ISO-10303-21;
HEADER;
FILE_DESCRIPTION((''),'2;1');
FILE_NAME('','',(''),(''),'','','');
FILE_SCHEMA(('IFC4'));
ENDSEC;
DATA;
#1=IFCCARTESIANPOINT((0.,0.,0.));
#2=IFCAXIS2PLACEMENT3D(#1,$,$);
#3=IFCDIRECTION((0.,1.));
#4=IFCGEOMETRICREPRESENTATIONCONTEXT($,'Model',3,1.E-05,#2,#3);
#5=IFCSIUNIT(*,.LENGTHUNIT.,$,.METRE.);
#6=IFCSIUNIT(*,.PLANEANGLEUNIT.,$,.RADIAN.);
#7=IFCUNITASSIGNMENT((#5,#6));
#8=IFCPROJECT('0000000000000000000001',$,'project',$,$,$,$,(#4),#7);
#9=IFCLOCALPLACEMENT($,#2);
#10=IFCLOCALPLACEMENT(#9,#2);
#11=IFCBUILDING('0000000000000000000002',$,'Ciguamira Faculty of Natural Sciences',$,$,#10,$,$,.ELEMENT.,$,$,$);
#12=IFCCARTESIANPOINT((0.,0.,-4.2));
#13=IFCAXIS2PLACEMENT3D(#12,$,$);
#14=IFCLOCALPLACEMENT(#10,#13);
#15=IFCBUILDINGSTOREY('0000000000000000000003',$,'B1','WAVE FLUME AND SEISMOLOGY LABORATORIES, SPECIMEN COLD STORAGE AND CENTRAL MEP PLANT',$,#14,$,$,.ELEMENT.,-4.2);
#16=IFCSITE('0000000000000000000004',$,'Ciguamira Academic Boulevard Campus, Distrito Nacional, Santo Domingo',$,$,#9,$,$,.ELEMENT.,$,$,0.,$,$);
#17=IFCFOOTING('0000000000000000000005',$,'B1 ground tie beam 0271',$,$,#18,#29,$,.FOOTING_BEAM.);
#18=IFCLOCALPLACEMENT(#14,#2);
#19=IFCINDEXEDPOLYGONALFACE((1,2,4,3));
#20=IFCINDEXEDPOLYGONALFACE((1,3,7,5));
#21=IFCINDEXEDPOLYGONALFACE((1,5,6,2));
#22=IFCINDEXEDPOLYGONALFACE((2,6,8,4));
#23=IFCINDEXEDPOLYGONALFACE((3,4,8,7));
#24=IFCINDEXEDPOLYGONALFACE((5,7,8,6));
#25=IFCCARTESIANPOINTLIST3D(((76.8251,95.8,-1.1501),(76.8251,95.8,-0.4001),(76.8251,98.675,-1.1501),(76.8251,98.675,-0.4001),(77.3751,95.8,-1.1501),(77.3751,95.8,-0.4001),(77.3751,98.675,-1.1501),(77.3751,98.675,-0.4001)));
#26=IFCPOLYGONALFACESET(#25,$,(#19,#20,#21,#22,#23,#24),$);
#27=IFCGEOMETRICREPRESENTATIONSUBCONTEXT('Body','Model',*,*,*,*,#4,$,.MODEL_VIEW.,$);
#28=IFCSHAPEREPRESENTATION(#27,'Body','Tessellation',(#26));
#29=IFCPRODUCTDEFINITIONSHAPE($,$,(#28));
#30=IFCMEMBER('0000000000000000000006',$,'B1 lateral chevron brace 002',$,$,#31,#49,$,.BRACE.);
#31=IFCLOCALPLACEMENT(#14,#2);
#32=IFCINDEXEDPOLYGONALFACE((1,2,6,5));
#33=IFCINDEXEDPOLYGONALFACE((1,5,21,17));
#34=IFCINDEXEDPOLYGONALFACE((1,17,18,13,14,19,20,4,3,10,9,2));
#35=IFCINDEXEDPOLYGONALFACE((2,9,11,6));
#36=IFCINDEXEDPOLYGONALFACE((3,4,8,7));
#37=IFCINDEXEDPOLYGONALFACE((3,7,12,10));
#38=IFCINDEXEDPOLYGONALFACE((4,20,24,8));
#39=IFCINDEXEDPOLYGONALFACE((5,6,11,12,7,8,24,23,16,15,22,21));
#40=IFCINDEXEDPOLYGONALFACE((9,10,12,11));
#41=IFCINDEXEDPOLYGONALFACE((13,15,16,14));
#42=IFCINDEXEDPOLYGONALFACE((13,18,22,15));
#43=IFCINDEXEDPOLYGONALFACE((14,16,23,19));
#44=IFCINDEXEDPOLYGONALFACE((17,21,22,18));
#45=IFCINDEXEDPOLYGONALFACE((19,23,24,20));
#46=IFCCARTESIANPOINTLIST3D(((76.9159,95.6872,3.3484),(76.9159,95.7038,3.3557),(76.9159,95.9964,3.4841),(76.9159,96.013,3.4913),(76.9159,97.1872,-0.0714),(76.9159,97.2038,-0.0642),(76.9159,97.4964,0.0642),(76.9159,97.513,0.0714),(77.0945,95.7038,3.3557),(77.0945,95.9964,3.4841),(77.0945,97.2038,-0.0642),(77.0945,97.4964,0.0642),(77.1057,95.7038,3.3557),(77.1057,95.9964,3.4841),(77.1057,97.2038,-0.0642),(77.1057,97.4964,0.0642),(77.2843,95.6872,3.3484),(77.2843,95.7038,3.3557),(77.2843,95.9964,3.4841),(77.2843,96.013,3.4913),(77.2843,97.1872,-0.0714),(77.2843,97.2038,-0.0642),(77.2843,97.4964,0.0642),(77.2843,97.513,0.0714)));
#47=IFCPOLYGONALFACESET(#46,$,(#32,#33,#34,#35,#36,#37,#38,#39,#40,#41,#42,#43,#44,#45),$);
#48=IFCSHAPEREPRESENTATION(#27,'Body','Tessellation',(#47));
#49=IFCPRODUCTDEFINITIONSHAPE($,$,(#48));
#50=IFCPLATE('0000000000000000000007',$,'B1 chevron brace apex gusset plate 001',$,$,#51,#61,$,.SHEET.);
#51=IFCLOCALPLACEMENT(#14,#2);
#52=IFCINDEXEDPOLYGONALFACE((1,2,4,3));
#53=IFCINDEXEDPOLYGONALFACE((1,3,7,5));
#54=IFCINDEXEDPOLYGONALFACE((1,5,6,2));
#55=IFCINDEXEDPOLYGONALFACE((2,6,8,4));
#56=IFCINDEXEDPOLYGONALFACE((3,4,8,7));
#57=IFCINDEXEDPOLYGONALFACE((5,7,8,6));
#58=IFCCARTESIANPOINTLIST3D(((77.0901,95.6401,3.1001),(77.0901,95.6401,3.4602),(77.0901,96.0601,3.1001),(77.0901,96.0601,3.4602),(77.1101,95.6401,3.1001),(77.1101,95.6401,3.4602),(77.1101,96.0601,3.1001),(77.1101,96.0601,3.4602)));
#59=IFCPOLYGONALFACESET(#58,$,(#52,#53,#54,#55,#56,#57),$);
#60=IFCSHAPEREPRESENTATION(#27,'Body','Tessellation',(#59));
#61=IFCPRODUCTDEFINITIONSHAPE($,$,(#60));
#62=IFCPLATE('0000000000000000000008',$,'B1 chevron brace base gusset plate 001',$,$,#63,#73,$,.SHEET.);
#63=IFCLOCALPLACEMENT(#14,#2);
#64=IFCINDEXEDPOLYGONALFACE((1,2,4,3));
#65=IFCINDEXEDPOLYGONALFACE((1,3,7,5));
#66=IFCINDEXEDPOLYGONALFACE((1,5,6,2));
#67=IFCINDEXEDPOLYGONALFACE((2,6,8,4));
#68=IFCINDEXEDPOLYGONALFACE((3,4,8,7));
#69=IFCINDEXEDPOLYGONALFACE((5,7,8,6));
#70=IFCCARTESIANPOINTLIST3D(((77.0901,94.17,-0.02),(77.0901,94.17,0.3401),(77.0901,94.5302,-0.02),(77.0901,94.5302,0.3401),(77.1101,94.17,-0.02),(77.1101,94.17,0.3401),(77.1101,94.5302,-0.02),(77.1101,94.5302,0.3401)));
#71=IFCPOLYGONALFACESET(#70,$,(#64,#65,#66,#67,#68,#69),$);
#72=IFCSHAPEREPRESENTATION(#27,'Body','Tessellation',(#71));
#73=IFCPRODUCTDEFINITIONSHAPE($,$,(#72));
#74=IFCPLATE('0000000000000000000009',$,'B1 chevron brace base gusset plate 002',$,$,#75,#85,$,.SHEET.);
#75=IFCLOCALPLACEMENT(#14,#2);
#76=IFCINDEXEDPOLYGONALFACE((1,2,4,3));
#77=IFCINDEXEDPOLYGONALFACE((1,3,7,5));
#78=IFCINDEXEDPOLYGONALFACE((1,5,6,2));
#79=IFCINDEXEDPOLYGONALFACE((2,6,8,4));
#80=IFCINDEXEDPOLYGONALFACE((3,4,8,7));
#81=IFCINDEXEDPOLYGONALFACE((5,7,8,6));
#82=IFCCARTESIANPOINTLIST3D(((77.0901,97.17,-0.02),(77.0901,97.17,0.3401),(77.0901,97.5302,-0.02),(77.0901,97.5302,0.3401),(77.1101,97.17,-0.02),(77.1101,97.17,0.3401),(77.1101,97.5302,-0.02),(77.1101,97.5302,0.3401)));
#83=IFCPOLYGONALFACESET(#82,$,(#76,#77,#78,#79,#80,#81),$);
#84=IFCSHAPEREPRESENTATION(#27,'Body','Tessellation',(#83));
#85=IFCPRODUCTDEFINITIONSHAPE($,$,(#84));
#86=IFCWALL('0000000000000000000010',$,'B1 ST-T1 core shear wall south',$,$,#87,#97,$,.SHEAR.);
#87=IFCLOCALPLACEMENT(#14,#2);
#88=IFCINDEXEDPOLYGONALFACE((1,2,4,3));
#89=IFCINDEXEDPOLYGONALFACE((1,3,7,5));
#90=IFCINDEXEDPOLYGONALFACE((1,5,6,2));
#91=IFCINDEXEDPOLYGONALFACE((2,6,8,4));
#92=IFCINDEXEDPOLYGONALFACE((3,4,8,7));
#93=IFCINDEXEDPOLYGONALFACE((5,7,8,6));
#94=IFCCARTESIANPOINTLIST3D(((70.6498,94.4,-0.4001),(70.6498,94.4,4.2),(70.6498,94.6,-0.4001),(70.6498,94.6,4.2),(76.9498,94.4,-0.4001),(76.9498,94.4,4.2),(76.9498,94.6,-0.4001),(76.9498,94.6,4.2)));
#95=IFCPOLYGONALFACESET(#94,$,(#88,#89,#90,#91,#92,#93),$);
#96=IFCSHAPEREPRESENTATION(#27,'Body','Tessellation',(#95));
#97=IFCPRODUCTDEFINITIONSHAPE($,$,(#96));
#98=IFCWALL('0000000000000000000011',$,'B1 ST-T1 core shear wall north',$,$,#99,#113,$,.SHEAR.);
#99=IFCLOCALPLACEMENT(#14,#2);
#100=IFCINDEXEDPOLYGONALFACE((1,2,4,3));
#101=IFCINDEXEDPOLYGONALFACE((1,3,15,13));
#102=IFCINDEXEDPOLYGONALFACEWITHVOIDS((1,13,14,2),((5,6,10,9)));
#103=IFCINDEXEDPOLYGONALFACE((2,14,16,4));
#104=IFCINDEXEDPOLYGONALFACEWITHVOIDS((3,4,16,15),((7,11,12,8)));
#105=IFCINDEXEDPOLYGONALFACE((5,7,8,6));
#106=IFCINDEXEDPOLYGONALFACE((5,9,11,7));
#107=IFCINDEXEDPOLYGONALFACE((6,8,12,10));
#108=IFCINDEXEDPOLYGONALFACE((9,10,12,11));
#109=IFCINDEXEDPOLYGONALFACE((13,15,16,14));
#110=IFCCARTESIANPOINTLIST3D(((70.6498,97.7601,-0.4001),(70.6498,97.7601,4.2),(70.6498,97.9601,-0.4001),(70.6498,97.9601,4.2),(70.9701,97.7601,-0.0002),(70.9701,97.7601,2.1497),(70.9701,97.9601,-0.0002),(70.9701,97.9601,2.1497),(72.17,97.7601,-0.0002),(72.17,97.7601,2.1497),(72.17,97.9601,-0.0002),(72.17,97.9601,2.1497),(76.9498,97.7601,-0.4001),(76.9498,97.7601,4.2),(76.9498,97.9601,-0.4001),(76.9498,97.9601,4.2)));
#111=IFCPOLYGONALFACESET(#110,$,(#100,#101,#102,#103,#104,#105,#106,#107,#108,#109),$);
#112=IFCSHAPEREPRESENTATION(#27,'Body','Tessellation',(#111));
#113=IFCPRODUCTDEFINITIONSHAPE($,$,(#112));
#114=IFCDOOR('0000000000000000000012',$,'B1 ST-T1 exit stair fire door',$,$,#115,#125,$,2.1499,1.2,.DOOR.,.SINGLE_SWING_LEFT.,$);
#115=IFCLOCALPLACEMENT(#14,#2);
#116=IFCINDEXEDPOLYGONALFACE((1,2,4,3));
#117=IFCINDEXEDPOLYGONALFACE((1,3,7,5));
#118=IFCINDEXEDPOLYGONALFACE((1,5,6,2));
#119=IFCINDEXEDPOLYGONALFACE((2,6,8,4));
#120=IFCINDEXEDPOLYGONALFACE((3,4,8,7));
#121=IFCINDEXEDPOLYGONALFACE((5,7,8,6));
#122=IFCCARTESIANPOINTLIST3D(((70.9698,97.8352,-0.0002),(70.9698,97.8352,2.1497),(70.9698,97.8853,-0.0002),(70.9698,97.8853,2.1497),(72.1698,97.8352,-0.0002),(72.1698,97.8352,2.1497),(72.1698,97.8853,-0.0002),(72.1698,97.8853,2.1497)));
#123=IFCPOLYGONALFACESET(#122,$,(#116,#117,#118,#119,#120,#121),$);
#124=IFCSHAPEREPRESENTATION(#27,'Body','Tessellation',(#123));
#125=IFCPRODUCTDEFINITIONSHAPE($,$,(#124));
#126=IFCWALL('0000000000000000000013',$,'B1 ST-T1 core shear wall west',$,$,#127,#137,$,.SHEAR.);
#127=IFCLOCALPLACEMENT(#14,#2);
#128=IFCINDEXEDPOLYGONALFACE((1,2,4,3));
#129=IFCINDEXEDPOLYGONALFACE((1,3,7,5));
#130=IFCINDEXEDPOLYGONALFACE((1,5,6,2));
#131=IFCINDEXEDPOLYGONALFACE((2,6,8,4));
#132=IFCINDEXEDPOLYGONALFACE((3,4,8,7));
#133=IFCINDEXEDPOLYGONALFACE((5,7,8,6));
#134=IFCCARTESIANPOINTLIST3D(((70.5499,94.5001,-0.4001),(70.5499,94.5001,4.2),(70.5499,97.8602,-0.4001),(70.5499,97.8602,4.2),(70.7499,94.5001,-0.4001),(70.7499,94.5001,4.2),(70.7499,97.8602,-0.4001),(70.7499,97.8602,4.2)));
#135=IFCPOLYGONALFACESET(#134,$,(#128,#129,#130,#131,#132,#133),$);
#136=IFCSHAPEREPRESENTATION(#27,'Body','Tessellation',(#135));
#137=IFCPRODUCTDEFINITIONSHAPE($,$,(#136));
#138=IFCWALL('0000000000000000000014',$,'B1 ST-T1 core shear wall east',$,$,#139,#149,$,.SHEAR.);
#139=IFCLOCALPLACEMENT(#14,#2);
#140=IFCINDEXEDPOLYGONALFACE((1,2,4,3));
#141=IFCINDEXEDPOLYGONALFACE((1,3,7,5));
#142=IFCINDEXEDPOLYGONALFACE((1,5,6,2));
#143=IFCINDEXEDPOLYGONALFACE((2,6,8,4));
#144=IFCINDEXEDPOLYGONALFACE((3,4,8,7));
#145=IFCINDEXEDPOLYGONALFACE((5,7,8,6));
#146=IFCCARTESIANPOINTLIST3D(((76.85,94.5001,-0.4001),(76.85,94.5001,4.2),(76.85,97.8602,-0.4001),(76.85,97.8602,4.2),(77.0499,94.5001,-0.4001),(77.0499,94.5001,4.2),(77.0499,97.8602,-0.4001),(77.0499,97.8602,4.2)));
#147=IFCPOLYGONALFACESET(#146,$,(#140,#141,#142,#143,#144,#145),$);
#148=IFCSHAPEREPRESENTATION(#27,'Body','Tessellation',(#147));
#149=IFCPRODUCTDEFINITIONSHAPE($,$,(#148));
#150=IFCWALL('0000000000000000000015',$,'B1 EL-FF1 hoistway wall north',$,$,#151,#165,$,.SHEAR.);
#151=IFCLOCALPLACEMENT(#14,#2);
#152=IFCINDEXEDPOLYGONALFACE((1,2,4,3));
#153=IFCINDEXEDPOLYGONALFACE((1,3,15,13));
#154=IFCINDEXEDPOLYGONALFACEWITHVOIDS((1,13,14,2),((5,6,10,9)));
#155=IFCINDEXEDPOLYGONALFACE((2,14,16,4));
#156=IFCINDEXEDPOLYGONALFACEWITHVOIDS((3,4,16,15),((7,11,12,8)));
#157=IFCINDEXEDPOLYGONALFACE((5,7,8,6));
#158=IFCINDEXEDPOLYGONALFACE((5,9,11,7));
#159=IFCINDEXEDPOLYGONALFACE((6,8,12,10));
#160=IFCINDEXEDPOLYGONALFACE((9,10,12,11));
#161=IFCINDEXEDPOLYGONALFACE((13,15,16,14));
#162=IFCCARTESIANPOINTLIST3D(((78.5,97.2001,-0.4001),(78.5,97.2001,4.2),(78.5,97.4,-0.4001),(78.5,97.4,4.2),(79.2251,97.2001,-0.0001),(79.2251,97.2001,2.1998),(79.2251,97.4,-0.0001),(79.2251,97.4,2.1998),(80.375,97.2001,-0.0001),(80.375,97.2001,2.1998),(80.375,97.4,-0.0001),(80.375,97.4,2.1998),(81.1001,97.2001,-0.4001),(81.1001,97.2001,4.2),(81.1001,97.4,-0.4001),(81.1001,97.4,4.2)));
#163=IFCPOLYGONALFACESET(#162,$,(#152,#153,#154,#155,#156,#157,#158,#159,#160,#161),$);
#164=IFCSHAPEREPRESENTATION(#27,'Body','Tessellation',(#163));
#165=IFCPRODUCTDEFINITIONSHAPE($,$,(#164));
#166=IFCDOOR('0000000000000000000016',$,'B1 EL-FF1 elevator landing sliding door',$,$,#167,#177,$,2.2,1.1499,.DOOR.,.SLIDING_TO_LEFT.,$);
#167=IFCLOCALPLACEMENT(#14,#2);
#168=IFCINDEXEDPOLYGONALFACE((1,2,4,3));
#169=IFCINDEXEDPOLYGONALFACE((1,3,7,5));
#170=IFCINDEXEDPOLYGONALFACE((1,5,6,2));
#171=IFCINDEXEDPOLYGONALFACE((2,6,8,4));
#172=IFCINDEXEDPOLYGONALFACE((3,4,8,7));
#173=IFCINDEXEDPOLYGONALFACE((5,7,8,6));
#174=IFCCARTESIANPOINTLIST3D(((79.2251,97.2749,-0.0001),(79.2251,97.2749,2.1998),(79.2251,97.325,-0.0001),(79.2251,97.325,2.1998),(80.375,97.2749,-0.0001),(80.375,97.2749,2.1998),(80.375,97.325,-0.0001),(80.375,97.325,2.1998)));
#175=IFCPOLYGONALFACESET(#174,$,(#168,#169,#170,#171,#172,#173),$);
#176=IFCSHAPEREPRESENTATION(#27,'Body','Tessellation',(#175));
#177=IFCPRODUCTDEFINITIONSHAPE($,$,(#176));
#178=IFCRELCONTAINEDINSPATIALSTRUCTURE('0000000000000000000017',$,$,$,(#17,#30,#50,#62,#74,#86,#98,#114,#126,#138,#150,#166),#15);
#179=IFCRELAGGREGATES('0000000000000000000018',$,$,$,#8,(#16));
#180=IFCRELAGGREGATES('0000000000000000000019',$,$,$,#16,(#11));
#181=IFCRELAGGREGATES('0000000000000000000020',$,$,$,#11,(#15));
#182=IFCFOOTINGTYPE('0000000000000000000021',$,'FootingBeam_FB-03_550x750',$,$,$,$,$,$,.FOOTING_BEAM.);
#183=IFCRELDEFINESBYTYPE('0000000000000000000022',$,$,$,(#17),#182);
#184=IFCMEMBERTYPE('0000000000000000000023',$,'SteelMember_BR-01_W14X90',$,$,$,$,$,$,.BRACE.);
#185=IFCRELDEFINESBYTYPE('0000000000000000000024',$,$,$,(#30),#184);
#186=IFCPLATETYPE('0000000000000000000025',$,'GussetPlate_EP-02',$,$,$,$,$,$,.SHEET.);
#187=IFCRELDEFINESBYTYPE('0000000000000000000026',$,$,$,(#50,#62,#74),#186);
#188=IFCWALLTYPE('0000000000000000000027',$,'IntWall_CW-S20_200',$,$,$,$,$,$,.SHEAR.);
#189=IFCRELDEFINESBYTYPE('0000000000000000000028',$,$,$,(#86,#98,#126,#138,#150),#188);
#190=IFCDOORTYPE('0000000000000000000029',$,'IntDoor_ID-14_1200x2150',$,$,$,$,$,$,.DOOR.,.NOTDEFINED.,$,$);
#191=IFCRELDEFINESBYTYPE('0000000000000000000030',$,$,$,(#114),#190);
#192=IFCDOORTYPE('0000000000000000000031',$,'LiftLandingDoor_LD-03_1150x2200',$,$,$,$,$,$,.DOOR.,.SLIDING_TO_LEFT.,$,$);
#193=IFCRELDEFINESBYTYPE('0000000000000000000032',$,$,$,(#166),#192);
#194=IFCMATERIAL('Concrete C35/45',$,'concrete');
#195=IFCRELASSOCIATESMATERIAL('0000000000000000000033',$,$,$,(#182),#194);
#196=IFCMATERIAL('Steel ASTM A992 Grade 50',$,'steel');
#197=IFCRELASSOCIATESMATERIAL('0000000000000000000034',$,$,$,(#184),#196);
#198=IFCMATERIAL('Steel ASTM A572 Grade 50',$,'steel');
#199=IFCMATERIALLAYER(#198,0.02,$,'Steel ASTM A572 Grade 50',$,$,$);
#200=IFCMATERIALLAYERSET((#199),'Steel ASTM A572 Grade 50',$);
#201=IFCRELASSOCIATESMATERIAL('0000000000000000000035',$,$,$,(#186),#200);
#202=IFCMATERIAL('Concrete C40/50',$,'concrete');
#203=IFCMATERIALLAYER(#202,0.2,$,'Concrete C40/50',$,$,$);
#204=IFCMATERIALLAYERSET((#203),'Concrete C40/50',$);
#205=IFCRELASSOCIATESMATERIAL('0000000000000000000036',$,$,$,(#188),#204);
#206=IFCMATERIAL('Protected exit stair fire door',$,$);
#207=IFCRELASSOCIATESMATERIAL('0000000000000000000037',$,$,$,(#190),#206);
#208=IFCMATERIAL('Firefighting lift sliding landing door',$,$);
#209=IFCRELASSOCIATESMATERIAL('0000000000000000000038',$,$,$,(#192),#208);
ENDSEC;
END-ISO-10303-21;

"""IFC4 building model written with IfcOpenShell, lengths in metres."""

from ifc_helpers import new_model, si_unit, direction, frame, frame_2d, origin, origin_2d, place, context, subcontext, project, spatial, rectangle, i_section, extrude, material, layer, layer_set, material_profile, profile_set, type_object, element, fill, save


model = new_model("IFC4")

# Units and contexts
model_context = context("Model", 3, precision=1e-05, world=origin(), true_north=direction((0.0, 1.0)))
body_context = subcontext(model_context, "Body", "Model", "MODEL_VIEW")
ifc_project = project(units=[si_unit("LENGTHUNIT", "METRE"), si_unit("PLANEANGLEUNIT", "RADIAN")], contexts=[model_context])

# Site, building, storey
site_placement = place(None, origin())
site = spatial("IfcSite", under=ifc_project, at=site_placement, Name="Ciguamira Academic Boulevard Campus, Distrito Nacional, Santo Domingo", CompositionType="ELEMENT", RefElevation=0.0)
building_placement = place(site_placement, origin())
building = spatial("IfcBuilding", under=site, at=building_placement, Name="Ciguamira Faculty of Natural Sciences", CompositionType="ELEMENT")
storey_placement = place(building_placement, frame((0.0, 0.0, -4.2)))
storey = spatial("IfcBuildingStorey", under=building, at=storey_placement, Name="B1", Description="WAVE FLUME AND SEISMOLOGY LABORATORIES, SPECIMEN COLD STORAGE AND CENTRAL MEP PLANT", CompositionType="ELEMENT", Elevation=-4.2)

# Shared definitions
ifc_material_1 = material(Name="Concrete C35/45", Category="concrete")

# Footing
ifc_material_profile_1 = material_profile(ifc_material_1, rectangle(XDim=0.55, YDim=0.75, at=origin_2d()), Name="RC-FB-550X750")
ifc_profile_set_1 = profile_set([ifc_material_profile_1], Name="Concrete C35/45")
footing_type = type_object("IfcFootingType", Name="FootingBeam_FB-03_550x750", PredefinedType="FOOTING_BEAM", material=ifc_profile_set_1)
footing_1_placement = place(storey_placement, frame((77.1001, 95.8, -0.7751), z_axis=(0.0, 1.0, 0.0), x_axis=(-1.0, 0.0, 0.0)))
element("IfcFooting", 1, at=footing_1_placement, inside=storey, type_object=footing_type, Name="B1 ground tie beam 0271", PredefinedType="FOOTING_BEAM", context=body_context, shape_type="SweptSolid", body=[
    extrude(rectangle(XDim=0.55, YDim=0.75, at=origin_2d()), origin(), (0.0, 0.0, 1.0), 2.875),
])

# Member
ifc_material_2 = material(Name="Steel ASTM A992 Grade 50", Category="steel")
ifc_material_profile_2 = material_profile(ifc_material_2, i_section(OverallWidth=0.3684, OverallDepth=0.3557, WebThickness=0.0112, FlangeThickness=0.0181, at=origin_2d()), Name="W14X90")
ifc_profile_set_2 = profile_set([ifc_material_profile_2], Name="Steel ASTM A992 Grade 50")
member_type = type_object("IfcMemberType", Name="SteelMember_BR-01_W14X90", PredefinedType="BRACE", material=ifc_profile_set_2)
member_placement = place(storey_placement, frame((77.1001, 97.3501, 0.0), z_axis=(0.0, -0.401669, 0.915785), x_axis=(1.0, 0.0, 0.0)))
element("IfcMember", 2, at=member_placement, inside=storey, type_object=member_type, Name="B1 lateral chevron brace 002", PredefinedType="BRACE", context=body_context, shape_type="SweptSolid", body=[
    extrude(i_section(OverallWidth=0.3684, OverallDepth=0.3557, WebThickness=0.0112, FlangeThickness=0.0181, at=origin_2d()), origin(), (0.0, 0.0, 1.0), 3.7344),
])

# Plates
ifc_material_3 = material(Name="Steel ASTM A572 Grade 50", Category="steel")
ifc_layer_1 = layer(ifc_material_3, 0.02, Name="Steel ASTM A572 Grade 50")
ifc_layer_set_1 = layer_set([ifc_layer_1], Name="Steel ASTM A572 Grade 50")
plate_type = type_object("IfcPlateType", Name="GussetPlate_EP-02", PredefinedType="SHEET", material=ifc_layer_set_1)
plate_placement = place(storey_placement, frame((77.1001, 95.8501, 3.1001), z_axis=(0.0, 0.0, 1.0), x_axis=(1.0, 0.0, 0.0)))
element("IfcPlate", 3, at=plate_placement, inside=storey, type_object=plate_type, Name="B1 chevron brace apex gusset plate 001", PredefinedType="SHEET", context=body_context, shape_type="SweptSolid", body=[
    extrude(rectangle(XDim=0.02, YDim=0.4199, at=origin_2d()), origin(), (0.0, 0.0, 1.0), 0.3601),
])
for number, where, z_axis, x_axis, name in (
    (4, (77.1001, 94.3501, -0.02), (0.0, 0.0, 1.0), (1.0, 0.0, 0.0), "B1 chevron brace base gusset plate 001"),
    (5, (77.1001, 97.3501, -0.02), (0.0, 0.0, 1.0), (1.0, 0.0, 0.0), "B1 chevron brace base gusset plate 002"),
):
    element("IfcPlate", number, at=place(storey_placement, frame(where, z_axis=z_axis, x_axis=x_axis)), inside=storey, type_object=plate_type, Name=name, PredefinedType="SHEET", context=body_context, shape_type="SweptSolid", body=[
        extrude(rectangle(XDim=0.02, YDim=0.3601, at=origin_2d()), origin(), (0.0, 0.0, 1.0), 0.3601),
    ])

# Wall
ifc_material_4 = material(Name="Concrete C40/50", Category="concrete")
ifc_layer_2 = layer(ifc_material_4, 0.2, Name="Concrete C40/50")
ifc_layer_set_2 = layer_set([ifc_layer_2], Name="Concrete C40/50")
wall_type_1 = type_object("IfcWallType", Name="IntWall_CW-S20_200", PredefinedType="SHEAR", material=ifc_layer_set_2)
wall_1_placement = place(storey_placement, frame((70.6499, 94.5, -0.4001), z_axis=(0.0, 0.0, 1.0), x_axis=(1.0, 0.0, 0.0)))
element("IfcWall", 6, at=wall_1_placement, inside=storey, type_object=wall_type_1, Name="B1 ST-T1 core shear wall south", PredefinedType="SHEAR", context=body_context, shape_type="SweptSolid", body=[
    extrude(rectangle(XDim=6.3, YDim=0.2, at=frame_2d((3.1499, 0.0))), origin(), (0.0, 0.0, 1.0), 4.6001),
])

# Wall, opening, door
wall_2_placement = place(storey_placement, frame((70.6499, 97.8601, -0.4001), z_axis=(0.0, 0.0, 1.0), x_axis=(1.0, 0.0, 0.0)))
wall_2 = element("IfcWall", 7, at=wall_2_placement, inside=storey, type_object=wall_type_1, Name="B1 ST-T1 core shear wall north", PredefinedType="SHEAR", context=body_context, shape_type="SweptSolid", body=[
    extrude(rectangle(XDim=6.3, YDim=0.2, at=frame_2d((3.1499, 0.0))), origin(), (0.0, 0.0, 1.0), 4.6001),
])
opening_1_placement = place(wall_2_placement, frame((0.3201, 0.0, 0.3999)))
opening_1 = element("IfcOpeningElement", 8, at=opening_1_placement, cuts=wall_2, PredefinedType="OPENING", context=body_context, shape_type="SweptSolid", body=[
    extrude(rectangle(XDim=1.2, YDim=2.1499, at=frame_2d((0.6001, 1.075))), frame((0.0, 0.1099, 0.0), z_axis=(0.0, -1.0, 0.0), x_axis=(1.0, 0.0, 0.0)), (0.0, 0.0, 1.0), 0.22),
])
ifc_material_5 = material(Name="Protected exit stair fire door")
door_type_1 = type_object("IfcDoorType", Name="IntDoor_ID-14_1200x2150", OperationType="NOTDEFINED", PredefinedType="DOOR", material=ifc_material_5)
door_1_placement = place(opening_1_placement, frame((1.2, 0.0, 0.0), z_axis=(0.0, 0.0, 1.0), x_axis=(-1.0, 0.0, 0.0)))
door_1 = element("IfcDoor", 9, at=door_1_placement, inside=storey, type_object=door_type_1, Name="B1 ST-T1 exit stair fire door", OperationType="SINGLE_SWING_LEFT", OverallHeight=2.1499, OverallWidth=1.2, PredefinedType="DOOR", context=body_context, shape_type="SweptSolid", body=[
    extrude(rectangle(XDim=1.2, YDim=2.1499, at=frame_2d((0.6001, 1.075))), frame((0.0, 0.0249, 0.0), z_axis=(0.0, -1.0, 0.0), x_axis=(1.0, 0.0, 0.0)), (0.0, 0.0, 1.0), 0.05),
])
fill(opening_1, door_1)

# Walls
for number, where, z_axis, x_axis, name in (
    (10, (70.6499, 94.5, -0.4001), (0.0, 0.0, 1.0), (0.0, 1.0, 0.0), "B1 ST-T1 core shear wall west"),
    (11, (76.95, 94.5, -0.4001), (0.0, 0.0, 1.0), (0.0, 1.0, 0.0), "B1 ST-T1 core shear wall east"),
):
    element("IfcWall", number, at=place(storey_placement, frame(where, z_axis=z_axis, x_axis=x_axis)), inside=storey, type_object=wall_type_1, Name=name, PredefinedType="SHEAR", context=body_context, shape_type="SweptSolid", body=[
        extrude(rectangle(XDim=3.3601, YDim=0.2, at=frame_2d((1.6802, 0.0))), origin(), (0.0, 0.0, 1.0), 4.6001),
    ])

# Wall, opening, door
wall_3_placement = place(storey_placement, frame((78.5, 97.3, -0.4001), z_axis=(0.0, 0.0, 1.0), x_axis=(1.0, 0.0, 0.0)))
wall_3 = element("IfcWall", 12, at=wall_3_placement, inside=storey, type_object=wall_type_1, Name="B1 EL-FF1 hoistway wall north", PredefinedType="SHEAR", context=body_context, shape_type="SweptSolid", body=[
    extrude(rectangle(XDim=2.6001, YDim=0.2, at=frame_2d((1.3, 0.0))), origin(), (0.0, 0.0, 1.0), 4.6001),
])
opening_2_placement = place(wall_3_placement, frame((0.7251, 0.0, 0.3999)))
opening_2 = element("IfcOpeningElement", 13, at=opening_2_placement, cuts=wall_3, PredefinedType="OPENING", context=body_context, shape_type="SweptSolid", body=[
    extrude(rectangle(XDim=1.1499, YDim=2.2, at=frame_2d((0.575, 1.1001))), frame((0.0, 0.1099, 0.0), z_axis=(0.0, -1.0, 0.0), x_axis=(1.0, 0.0, 0.0)), (0.0, 0.0, 1.0), 0.22),
])
ifc_material_6 = material(Name="Firefighting lift sliding landing door")
door_type_2 = type_object("IfcDoorType", Name="LiftLandingDoor_LD-03_1150x2200", OperationType="SLIDING_TO_LEFT", PredefinedType="DOOR", material=ifc_material_6)
door_2_placement = place(opening_2_placement, origin())
door_2 = element("IfcDoor", 14, at=door_2_placement, inside=storey, type_object=door_type_2, Name="B1 EL-FF1 elevator landing sliding door", OperationType="SLIDING_TO_LEFT", OverallHeight=2.2, OverallWidth=1.1499, PredefinedType="DOOR", context=body_context, shape_type="SweptSolid", body=[
    extrude(rectangle(XDim=1.1499, YDim=2.2, at=frame_2d((0.575, 1.1001))), frame((0.0, 0.0249, 0.0), z_axis=(0.0, -1.0, 0.0), x_axis=(1.0, 0.0, 0.0)), (0.0, 0.0, 1.0), 0.05),
])
fill(opening_2, door_2)

save(model, "model.ifc")
